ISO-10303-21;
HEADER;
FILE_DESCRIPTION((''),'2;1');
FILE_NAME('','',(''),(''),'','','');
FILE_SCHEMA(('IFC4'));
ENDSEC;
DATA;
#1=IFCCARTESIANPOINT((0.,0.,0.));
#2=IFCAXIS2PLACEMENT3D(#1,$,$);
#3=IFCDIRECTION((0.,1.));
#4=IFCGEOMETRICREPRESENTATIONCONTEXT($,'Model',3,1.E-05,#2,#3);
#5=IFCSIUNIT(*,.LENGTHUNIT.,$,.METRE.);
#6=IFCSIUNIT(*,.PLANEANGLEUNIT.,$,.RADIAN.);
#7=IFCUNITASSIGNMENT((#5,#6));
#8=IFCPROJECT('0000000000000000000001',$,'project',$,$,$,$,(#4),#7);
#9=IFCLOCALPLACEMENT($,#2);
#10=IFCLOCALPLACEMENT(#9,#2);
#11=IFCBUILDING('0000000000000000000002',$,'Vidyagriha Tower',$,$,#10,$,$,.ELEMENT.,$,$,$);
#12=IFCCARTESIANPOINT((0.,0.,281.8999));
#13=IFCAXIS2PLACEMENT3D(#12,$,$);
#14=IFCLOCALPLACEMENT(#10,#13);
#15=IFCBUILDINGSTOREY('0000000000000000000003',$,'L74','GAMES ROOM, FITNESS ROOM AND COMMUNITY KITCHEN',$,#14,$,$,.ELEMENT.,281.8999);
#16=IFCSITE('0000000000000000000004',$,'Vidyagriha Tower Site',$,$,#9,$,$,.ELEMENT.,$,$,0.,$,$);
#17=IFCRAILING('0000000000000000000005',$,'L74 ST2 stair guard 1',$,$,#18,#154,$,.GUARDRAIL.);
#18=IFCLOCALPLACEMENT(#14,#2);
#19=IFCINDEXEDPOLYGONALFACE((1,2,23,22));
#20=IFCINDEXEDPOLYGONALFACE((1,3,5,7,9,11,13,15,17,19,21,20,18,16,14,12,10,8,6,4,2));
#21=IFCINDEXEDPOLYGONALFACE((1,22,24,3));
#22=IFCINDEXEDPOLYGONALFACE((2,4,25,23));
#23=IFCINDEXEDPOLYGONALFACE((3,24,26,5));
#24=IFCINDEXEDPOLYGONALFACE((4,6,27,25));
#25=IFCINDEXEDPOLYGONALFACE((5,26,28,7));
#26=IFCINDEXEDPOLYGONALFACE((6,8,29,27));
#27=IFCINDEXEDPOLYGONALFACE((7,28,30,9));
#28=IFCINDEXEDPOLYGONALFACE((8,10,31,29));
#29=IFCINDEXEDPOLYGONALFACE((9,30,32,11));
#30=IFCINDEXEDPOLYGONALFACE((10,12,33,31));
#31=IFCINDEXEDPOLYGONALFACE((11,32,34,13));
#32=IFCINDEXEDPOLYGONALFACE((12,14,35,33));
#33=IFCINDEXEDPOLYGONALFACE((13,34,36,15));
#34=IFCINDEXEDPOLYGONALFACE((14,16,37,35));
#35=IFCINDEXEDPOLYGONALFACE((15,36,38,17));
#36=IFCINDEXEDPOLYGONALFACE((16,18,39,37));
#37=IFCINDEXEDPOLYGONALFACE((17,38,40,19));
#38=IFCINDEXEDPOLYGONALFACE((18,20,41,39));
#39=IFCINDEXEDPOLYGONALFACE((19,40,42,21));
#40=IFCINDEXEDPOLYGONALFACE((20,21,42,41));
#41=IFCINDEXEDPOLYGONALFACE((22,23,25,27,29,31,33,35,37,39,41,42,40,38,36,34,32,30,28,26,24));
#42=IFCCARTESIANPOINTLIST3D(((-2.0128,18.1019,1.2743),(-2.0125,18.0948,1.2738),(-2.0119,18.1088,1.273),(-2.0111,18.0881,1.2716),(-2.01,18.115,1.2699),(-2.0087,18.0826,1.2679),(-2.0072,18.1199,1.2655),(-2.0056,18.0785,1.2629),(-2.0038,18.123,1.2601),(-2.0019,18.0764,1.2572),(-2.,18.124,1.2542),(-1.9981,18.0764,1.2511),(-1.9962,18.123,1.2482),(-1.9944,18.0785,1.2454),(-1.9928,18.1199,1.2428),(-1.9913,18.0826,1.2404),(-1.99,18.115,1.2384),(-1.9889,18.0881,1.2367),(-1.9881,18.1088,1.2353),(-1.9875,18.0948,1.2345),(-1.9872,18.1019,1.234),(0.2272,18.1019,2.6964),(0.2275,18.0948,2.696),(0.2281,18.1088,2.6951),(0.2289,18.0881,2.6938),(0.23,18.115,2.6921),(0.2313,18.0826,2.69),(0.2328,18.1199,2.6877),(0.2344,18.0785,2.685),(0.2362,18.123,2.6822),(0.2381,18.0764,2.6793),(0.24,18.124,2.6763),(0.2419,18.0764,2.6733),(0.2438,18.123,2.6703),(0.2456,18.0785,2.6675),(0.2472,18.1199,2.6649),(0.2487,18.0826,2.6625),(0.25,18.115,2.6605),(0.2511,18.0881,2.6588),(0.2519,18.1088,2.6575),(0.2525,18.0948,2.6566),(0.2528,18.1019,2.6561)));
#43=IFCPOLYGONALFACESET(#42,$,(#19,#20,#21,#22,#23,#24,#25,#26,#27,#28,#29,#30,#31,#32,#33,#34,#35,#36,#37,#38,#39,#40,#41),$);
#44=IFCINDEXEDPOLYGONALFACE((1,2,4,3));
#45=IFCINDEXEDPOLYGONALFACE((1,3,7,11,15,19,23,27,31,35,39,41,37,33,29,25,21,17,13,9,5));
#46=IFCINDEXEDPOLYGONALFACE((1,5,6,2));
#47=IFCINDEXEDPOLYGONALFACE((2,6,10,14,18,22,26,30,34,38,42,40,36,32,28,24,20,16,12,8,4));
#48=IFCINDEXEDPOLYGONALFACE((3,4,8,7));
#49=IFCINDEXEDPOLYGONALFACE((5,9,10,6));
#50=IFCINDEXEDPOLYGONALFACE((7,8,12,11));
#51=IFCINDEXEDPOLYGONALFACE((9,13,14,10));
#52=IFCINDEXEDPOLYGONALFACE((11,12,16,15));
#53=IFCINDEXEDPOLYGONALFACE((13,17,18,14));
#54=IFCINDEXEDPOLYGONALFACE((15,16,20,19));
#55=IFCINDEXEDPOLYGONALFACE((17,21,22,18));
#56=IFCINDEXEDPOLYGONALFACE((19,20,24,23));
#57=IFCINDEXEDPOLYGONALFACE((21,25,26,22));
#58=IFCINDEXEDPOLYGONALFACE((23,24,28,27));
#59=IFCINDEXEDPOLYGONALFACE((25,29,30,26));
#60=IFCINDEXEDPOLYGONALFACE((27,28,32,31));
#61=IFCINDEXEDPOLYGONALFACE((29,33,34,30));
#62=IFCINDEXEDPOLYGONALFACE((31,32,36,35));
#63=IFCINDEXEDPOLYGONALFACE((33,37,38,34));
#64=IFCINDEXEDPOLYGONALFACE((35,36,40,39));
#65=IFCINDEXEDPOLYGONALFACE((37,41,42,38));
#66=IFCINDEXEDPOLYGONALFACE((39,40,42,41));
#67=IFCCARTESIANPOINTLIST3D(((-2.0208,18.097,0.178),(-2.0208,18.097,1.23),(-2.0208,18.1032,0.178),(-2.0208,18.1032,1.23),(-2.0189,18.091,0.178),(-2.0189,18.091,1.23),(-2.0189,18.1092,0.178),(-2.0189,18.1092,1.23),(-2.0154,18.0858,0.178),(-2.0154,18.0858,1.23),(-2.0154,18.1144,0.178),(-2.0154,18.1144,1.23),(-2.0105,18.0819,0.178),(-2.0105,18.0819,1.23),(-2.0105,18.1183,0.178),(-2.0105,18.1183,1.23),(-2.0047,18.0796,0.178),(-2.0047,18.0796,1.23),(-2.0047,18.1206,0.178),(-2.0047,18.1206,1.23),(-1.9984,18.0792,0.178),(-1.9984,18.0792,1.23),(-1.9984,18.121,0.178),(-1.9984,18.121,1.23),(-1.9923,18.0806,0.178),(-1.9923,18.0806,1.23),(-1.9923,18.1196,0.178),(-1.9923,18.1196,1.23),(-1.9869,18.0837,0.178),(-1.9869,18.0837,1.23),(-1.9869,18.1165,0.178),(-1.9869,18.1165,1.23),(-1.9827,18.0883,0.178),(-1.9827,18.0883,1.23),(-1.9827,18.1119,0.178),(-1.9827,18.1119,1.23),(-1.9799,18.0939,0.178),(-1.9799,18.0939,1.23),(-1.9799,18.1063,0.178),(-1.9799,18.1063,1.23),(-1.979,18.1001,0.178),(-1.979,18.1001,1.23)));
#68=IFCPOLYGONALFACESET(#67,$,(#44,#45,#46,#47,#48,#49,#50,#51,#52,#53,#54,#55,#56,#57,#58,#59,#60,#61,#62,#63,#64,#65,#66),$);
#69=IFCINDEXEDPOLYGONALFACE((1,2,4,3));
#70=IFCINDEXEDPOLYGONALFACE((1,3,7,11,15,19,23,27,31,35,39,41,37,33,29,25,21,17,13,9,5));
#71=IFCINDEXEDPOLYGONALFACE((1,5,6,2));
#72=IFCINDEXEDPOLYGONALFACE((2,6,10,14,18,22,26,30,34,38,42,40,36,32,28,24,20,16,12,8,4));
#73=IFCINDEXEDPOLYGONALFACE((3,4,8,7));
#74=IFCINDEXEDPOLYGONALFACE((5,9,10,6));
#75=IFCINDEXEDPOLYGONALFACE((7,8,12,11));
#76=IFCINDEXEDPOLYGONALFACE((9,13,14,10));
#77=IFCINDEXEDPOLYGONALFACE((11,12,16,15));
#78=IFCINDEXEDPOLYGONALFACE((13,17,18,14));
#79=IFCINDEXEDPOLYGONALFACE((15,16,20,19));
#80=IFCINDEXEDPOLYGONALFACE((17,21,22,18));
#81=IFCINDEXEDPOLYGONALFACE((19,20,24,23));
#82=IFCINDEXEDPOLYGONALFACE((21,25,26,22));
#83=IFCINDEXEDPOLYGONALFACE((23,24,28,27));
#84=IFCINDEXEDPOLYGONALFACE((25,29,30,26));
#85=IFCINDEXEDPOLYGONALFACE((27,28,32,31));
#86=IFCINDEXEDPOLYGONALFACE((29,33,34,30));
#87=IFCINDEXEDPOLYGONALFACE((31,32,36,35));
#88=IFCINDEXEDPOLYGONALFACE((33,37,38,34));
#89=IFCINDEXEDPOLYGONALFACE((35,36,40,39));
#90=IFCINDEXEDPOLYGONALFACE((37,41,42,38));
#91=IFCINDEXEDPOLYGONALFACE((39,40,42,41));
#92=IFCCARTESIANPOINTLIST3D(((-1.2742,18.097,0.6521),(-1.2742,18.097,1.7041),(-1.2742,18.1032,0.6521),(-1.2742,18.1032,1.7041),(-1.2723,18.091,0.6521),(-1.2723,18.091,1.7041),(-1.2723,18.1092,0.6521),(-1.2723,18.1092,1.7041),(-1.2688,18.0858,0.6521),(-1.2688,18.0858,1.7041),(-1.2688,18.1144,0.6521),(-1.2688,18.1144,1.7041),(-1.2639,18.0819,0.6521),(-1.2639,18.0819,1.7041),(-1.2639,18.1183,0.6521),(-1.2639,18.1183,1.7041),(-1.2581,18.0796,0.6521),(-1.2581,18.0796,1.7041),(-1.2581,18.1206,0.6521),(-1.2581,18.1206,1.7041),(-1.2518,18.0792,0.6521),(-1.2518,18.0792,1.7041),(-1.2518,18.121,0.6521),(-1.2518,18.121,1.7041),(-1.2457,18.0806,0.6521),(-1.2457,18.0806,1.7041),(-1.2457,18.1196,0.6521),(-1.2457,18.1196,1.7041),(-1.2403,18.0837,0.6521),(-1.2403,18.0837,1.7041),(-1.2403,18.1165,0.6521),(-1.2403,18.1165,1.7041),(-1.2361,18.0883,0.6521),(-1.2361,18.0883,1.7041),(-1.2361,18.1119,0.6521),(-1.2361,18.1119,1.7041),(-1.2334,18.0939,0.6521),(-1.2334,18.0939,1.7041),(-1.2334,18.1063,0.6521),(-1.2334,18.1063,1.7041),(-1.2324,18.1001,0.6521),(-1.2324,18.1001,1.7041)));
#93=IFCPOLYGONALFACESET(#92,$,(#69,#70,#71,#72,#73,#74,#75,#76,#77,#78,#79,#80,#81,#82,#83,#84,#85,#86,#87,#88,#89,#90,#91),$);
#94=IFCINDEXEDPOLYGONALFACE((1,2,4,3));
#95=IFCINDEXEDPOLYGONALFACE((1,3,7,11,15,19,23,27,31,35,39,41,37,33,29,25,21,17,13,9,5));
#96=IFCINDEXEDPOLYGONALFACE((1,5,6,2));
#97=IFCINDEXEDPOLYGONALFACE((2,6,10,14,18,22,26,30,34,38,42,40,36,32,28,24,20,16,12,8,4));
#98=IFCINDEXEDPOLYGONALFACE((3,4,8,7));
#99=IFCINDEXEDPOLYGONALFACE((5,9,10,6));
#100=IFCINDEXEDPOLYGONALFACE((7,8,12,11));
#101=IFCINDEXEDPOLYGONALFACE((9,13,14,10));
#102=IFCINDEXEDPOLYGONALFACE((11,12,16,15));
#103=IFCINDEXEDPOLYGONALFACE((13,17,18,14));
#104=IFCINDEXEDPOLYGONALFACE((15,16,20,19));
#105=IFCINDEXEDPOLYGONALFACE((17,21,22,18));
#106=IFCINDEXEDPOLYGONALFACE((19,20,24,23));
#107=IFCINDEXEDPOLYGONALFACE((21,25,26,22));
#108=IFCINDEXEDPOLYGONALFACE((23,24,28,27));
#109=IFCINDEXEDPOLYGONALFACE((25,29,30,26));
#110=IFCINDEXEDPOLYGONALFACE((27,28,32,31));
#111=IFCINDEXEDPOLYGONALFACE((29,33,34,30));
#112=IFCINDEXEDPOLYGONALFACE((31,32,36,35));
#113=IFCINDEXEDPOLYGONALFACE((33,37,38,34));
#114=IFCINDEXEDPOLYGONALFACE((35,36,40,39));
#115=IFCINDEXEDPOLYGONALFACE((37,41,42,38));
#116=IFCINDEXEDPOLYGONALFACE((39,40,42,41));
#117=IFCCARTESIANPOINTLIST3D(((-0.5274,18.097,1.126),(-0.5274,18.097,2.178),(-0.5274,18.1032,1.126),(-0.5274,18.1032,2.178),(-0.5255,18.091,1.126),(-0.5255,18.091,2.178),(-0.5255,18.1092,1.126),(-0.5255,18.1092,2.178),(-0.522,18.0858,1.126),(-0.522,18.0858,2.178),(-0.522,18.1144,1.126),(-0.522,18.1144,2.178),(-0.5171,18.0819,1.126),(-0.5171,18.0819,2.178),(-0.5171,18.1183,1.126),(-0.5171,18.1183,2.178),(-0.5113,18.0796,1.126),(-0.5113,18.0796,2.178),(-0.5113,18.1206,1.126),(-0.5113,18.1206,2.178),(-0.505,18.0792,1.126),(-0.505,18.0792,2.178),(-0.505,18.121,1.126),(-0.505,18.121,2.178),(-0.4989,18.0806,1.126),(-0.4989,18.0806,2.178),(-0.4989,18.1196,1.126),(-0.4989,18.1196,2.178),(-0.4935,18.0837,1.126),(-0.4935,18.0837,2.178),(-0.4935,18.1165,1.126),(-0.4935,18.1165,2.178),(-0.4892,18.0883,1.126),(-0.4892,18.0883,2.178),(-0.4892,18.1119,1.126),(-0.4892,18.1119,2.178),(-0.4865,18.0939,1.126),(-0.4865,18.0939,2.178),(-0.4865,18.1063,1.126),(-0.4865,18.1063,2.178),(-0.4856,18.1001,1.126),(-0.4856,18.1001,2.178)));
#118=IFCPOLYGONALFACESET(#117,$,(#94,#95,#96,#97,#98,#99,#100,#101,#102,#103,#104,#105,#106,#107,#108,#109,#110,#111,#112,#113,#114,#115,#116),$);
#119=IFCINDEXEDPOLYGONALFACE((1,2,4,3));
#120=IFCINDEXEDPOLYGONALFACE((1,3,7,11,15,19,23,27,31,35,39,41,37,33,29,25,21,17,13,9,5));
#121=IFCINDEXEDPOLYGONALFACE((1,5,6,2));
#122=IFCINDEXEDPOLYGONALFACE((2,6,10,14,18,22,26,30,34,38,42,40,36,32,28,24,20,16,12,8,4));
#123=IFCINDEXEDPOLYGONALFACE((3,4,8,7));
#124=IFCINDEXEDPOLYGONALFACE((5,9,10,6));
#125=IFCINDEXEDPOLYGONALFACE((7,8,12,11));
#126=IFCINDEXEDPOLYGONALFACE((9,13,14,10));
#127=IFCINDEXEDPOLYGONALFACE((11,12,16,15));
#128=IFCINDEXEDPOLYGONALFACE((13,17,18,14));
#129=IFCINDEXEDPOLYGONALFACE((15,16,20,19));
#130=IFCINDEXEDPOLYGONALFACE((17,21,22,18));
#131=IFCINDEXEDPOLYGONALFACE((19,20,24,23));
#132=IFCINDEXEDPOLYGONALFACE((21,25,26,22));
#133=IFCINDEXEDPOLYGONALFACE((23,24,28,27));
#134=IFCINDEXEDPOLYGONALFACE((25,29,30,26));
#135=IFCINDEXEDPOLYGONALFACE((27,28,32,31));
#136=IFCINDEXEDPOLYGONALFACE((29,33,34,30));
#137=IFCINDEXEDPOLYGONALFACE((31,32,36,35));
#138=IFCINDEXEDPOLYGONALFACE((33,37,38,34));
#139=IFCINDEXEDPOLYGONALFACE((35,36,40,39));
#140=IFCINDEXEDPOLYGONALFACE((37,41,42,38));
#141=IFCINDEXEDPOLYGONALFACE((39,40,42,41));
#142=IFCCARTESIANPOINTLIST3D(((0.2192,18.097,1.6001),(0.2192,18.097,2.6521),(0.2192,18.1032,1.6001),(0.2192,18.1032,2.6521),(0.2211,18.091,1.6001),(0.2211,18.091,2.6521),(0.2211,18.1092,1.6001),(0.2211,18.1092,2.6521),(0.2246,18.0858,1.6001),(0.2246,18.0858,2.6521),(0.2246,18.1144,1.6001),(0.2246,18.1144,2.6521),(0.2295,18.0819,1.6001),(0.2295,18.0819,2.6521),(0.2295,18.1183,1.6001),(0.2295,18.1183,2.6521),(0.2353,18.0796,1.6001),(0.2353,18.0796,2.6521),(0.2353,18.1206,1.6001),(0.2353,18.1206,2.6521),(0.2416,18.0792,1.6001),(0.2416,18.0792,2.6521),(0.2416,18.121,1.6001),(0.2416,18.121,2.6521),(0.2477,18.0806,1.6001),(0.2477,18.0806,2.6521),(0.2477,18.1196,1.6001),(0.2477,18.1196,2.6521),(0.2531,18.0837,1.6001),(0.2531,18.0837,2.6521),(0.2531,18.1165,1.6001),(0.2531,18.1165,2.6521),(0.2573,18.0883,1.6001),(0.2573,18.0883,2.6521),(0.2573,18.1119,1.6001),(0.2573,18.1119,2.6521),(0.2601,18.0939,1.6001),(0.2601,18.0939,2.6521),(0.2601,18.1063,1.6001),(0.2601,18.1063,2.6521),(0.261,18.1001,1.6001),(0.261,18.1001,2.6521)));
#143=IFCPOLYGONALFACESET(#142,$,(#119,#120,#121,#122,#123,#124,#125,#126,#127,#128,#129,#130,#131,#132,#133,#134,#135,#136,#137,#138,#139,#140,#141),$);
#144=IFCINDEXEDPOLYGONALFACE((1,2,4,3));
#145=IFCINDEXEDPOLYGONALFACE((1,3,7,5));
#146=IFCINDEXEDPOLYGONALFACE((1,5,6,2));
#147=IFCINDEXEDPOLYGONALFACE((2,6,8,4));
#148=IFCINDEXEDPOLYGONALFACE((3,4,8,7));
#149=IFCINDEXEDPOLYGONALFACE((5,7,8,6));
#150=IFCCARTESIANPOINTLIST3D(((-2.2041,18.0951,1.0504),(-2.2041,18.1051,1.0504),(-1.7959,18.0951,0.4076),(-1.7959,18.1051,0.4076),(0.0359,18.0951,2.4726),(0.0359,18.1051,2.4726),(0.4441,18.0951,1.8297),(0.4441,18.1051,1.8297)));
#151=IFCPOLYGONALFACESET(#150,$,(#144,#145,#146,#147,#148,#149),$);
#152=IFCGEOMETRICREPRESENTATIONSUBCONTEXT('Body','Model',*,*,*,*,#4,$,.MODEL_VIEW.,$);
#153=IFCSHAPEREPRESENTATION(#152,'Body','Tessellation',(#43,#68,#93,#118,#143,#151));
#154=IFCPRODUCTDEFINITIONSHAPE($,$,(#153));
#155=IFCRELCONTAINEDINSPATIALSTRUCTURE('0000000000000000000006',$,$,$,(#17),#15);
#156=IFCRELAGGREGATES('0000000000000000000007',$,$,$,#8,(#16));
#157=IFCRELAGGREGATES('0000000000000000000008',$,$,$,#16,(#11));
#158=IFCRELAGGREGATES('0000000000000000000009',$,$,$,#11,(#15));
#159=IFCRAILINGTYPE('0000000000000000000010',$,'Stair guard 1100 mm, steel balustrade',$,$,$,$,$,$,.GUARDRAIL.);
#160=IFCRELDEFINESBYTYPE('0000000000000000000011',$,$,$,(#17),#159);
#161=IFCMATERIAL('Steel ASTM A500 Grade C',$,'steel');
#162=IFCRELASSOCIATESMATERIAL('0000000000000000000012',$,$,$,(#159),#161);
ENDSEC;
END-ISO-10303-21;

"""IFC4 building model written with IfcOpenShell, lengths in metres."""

from ifc_helpers import new_model, si_unit, direction, frame, origin, origin_2d, place, context, subcontext, project, spatial, rectangle, circle, extrude, material, type_object, element, save


model = new_model("IFC4")

# Units and contexts
model_context = context("Model", 3, precision=1e-05, world=origin(), true_north=direction((0.0, 1.0)))
body_context = subcontext(model_context, "Body", "Model", "MODEL_VIEW")
ifc_project = project(units=[si_unit("LENGTHUNIT", "METRE"), si_unit("PLANEANGLEUNIT", "RADIAN")], contexts=[model_context])

# Site, building, storey
site_placement = place(None, origin())
site = spatial("IfcSite", under=ifc_project, at=site_placement, Name="Vidyagriha Tower Site", CompositionType="ELEMENT", RefElevation=0.0)
building_placement = place(site_placement, origin())
building = spatial("IfcBuilding", under=site, at=building_placement, Name="Vidyagriha Tower", CompositionType="ELEMENT")
storey_placement = place(building_placement, frame((0.0, 0.0, 281.8999)))
storey = spatial("IfcBuildingStorey", under=building, at=storey_placement, Name="L74", Description="GAMES ROOM, FITNESS ROOM AND COMMUNITY KITCHEN", CompositionType="ELEMENT", Elevation=281.8999)

# Railing
ifc_material_1 = material(Name="Steel ASTM A500 Grade C", Category="steel")
railing_type_1 = type_object("IfcRailingType", Name="Stair guard 1100 mm, steel balustrade", PredefinedType="GUARDRAIL", material=ifc_material_1)
railing_1_placement = place(storey_placement, frame((-2.0, 18.1001, 0.178)))
element("IfcRailing", 1, at=railing_1_placement, inside=storey, type_object=railing_type_1, Name="L74 ST2 stair guard 1", PredefinedType="GUARDRAIL", context=body_context, shape_type="SweptSolid", body=[
    extrude(circle(Radius=0.0239, at=origin_2d()), frame((0.0, 0.0, 1.0762), z_axis=(0.844229, 0.0, 0.535982), x_axis=(0.0, 1.0, 0.0)), (0.0, 0.0, 1.0), 2.6533),
    extrude(circle(Radius=0.021, at=origin_2d()), origin(), (0.0, 0.0, 1.0), 1.052),
    extrude(circle(Radius=0.021, at=origin_2d()), frame((0.7466, 0.0, 0.4741)), (0.0, 0.0, 1.0), 1.052),
    extrude(circle(Radius=0.021, at=origin_2d()), frame((1.4934, 0.0, 0.948)), (0.0, 0.0, 1.0), 1.052),
    extrude(circle(Radius=0.021, at=origin_2d()), frame((2.24, 0.0, 1.4221)), (0.0, 0.0, 1.0), 1.052),
    extrude(rectangle(XDim=0.01, YDim=0.7615, at=origin_2d()), frame((0.0, 0.0, 0.551), z_axis=(0.844229, 0.0, 0.535982), x_axis=(0.0, 1.0, 0.0)), (0.0, 0.0, 1.0), 2.6533),
])

save(model, "model.ifc")
